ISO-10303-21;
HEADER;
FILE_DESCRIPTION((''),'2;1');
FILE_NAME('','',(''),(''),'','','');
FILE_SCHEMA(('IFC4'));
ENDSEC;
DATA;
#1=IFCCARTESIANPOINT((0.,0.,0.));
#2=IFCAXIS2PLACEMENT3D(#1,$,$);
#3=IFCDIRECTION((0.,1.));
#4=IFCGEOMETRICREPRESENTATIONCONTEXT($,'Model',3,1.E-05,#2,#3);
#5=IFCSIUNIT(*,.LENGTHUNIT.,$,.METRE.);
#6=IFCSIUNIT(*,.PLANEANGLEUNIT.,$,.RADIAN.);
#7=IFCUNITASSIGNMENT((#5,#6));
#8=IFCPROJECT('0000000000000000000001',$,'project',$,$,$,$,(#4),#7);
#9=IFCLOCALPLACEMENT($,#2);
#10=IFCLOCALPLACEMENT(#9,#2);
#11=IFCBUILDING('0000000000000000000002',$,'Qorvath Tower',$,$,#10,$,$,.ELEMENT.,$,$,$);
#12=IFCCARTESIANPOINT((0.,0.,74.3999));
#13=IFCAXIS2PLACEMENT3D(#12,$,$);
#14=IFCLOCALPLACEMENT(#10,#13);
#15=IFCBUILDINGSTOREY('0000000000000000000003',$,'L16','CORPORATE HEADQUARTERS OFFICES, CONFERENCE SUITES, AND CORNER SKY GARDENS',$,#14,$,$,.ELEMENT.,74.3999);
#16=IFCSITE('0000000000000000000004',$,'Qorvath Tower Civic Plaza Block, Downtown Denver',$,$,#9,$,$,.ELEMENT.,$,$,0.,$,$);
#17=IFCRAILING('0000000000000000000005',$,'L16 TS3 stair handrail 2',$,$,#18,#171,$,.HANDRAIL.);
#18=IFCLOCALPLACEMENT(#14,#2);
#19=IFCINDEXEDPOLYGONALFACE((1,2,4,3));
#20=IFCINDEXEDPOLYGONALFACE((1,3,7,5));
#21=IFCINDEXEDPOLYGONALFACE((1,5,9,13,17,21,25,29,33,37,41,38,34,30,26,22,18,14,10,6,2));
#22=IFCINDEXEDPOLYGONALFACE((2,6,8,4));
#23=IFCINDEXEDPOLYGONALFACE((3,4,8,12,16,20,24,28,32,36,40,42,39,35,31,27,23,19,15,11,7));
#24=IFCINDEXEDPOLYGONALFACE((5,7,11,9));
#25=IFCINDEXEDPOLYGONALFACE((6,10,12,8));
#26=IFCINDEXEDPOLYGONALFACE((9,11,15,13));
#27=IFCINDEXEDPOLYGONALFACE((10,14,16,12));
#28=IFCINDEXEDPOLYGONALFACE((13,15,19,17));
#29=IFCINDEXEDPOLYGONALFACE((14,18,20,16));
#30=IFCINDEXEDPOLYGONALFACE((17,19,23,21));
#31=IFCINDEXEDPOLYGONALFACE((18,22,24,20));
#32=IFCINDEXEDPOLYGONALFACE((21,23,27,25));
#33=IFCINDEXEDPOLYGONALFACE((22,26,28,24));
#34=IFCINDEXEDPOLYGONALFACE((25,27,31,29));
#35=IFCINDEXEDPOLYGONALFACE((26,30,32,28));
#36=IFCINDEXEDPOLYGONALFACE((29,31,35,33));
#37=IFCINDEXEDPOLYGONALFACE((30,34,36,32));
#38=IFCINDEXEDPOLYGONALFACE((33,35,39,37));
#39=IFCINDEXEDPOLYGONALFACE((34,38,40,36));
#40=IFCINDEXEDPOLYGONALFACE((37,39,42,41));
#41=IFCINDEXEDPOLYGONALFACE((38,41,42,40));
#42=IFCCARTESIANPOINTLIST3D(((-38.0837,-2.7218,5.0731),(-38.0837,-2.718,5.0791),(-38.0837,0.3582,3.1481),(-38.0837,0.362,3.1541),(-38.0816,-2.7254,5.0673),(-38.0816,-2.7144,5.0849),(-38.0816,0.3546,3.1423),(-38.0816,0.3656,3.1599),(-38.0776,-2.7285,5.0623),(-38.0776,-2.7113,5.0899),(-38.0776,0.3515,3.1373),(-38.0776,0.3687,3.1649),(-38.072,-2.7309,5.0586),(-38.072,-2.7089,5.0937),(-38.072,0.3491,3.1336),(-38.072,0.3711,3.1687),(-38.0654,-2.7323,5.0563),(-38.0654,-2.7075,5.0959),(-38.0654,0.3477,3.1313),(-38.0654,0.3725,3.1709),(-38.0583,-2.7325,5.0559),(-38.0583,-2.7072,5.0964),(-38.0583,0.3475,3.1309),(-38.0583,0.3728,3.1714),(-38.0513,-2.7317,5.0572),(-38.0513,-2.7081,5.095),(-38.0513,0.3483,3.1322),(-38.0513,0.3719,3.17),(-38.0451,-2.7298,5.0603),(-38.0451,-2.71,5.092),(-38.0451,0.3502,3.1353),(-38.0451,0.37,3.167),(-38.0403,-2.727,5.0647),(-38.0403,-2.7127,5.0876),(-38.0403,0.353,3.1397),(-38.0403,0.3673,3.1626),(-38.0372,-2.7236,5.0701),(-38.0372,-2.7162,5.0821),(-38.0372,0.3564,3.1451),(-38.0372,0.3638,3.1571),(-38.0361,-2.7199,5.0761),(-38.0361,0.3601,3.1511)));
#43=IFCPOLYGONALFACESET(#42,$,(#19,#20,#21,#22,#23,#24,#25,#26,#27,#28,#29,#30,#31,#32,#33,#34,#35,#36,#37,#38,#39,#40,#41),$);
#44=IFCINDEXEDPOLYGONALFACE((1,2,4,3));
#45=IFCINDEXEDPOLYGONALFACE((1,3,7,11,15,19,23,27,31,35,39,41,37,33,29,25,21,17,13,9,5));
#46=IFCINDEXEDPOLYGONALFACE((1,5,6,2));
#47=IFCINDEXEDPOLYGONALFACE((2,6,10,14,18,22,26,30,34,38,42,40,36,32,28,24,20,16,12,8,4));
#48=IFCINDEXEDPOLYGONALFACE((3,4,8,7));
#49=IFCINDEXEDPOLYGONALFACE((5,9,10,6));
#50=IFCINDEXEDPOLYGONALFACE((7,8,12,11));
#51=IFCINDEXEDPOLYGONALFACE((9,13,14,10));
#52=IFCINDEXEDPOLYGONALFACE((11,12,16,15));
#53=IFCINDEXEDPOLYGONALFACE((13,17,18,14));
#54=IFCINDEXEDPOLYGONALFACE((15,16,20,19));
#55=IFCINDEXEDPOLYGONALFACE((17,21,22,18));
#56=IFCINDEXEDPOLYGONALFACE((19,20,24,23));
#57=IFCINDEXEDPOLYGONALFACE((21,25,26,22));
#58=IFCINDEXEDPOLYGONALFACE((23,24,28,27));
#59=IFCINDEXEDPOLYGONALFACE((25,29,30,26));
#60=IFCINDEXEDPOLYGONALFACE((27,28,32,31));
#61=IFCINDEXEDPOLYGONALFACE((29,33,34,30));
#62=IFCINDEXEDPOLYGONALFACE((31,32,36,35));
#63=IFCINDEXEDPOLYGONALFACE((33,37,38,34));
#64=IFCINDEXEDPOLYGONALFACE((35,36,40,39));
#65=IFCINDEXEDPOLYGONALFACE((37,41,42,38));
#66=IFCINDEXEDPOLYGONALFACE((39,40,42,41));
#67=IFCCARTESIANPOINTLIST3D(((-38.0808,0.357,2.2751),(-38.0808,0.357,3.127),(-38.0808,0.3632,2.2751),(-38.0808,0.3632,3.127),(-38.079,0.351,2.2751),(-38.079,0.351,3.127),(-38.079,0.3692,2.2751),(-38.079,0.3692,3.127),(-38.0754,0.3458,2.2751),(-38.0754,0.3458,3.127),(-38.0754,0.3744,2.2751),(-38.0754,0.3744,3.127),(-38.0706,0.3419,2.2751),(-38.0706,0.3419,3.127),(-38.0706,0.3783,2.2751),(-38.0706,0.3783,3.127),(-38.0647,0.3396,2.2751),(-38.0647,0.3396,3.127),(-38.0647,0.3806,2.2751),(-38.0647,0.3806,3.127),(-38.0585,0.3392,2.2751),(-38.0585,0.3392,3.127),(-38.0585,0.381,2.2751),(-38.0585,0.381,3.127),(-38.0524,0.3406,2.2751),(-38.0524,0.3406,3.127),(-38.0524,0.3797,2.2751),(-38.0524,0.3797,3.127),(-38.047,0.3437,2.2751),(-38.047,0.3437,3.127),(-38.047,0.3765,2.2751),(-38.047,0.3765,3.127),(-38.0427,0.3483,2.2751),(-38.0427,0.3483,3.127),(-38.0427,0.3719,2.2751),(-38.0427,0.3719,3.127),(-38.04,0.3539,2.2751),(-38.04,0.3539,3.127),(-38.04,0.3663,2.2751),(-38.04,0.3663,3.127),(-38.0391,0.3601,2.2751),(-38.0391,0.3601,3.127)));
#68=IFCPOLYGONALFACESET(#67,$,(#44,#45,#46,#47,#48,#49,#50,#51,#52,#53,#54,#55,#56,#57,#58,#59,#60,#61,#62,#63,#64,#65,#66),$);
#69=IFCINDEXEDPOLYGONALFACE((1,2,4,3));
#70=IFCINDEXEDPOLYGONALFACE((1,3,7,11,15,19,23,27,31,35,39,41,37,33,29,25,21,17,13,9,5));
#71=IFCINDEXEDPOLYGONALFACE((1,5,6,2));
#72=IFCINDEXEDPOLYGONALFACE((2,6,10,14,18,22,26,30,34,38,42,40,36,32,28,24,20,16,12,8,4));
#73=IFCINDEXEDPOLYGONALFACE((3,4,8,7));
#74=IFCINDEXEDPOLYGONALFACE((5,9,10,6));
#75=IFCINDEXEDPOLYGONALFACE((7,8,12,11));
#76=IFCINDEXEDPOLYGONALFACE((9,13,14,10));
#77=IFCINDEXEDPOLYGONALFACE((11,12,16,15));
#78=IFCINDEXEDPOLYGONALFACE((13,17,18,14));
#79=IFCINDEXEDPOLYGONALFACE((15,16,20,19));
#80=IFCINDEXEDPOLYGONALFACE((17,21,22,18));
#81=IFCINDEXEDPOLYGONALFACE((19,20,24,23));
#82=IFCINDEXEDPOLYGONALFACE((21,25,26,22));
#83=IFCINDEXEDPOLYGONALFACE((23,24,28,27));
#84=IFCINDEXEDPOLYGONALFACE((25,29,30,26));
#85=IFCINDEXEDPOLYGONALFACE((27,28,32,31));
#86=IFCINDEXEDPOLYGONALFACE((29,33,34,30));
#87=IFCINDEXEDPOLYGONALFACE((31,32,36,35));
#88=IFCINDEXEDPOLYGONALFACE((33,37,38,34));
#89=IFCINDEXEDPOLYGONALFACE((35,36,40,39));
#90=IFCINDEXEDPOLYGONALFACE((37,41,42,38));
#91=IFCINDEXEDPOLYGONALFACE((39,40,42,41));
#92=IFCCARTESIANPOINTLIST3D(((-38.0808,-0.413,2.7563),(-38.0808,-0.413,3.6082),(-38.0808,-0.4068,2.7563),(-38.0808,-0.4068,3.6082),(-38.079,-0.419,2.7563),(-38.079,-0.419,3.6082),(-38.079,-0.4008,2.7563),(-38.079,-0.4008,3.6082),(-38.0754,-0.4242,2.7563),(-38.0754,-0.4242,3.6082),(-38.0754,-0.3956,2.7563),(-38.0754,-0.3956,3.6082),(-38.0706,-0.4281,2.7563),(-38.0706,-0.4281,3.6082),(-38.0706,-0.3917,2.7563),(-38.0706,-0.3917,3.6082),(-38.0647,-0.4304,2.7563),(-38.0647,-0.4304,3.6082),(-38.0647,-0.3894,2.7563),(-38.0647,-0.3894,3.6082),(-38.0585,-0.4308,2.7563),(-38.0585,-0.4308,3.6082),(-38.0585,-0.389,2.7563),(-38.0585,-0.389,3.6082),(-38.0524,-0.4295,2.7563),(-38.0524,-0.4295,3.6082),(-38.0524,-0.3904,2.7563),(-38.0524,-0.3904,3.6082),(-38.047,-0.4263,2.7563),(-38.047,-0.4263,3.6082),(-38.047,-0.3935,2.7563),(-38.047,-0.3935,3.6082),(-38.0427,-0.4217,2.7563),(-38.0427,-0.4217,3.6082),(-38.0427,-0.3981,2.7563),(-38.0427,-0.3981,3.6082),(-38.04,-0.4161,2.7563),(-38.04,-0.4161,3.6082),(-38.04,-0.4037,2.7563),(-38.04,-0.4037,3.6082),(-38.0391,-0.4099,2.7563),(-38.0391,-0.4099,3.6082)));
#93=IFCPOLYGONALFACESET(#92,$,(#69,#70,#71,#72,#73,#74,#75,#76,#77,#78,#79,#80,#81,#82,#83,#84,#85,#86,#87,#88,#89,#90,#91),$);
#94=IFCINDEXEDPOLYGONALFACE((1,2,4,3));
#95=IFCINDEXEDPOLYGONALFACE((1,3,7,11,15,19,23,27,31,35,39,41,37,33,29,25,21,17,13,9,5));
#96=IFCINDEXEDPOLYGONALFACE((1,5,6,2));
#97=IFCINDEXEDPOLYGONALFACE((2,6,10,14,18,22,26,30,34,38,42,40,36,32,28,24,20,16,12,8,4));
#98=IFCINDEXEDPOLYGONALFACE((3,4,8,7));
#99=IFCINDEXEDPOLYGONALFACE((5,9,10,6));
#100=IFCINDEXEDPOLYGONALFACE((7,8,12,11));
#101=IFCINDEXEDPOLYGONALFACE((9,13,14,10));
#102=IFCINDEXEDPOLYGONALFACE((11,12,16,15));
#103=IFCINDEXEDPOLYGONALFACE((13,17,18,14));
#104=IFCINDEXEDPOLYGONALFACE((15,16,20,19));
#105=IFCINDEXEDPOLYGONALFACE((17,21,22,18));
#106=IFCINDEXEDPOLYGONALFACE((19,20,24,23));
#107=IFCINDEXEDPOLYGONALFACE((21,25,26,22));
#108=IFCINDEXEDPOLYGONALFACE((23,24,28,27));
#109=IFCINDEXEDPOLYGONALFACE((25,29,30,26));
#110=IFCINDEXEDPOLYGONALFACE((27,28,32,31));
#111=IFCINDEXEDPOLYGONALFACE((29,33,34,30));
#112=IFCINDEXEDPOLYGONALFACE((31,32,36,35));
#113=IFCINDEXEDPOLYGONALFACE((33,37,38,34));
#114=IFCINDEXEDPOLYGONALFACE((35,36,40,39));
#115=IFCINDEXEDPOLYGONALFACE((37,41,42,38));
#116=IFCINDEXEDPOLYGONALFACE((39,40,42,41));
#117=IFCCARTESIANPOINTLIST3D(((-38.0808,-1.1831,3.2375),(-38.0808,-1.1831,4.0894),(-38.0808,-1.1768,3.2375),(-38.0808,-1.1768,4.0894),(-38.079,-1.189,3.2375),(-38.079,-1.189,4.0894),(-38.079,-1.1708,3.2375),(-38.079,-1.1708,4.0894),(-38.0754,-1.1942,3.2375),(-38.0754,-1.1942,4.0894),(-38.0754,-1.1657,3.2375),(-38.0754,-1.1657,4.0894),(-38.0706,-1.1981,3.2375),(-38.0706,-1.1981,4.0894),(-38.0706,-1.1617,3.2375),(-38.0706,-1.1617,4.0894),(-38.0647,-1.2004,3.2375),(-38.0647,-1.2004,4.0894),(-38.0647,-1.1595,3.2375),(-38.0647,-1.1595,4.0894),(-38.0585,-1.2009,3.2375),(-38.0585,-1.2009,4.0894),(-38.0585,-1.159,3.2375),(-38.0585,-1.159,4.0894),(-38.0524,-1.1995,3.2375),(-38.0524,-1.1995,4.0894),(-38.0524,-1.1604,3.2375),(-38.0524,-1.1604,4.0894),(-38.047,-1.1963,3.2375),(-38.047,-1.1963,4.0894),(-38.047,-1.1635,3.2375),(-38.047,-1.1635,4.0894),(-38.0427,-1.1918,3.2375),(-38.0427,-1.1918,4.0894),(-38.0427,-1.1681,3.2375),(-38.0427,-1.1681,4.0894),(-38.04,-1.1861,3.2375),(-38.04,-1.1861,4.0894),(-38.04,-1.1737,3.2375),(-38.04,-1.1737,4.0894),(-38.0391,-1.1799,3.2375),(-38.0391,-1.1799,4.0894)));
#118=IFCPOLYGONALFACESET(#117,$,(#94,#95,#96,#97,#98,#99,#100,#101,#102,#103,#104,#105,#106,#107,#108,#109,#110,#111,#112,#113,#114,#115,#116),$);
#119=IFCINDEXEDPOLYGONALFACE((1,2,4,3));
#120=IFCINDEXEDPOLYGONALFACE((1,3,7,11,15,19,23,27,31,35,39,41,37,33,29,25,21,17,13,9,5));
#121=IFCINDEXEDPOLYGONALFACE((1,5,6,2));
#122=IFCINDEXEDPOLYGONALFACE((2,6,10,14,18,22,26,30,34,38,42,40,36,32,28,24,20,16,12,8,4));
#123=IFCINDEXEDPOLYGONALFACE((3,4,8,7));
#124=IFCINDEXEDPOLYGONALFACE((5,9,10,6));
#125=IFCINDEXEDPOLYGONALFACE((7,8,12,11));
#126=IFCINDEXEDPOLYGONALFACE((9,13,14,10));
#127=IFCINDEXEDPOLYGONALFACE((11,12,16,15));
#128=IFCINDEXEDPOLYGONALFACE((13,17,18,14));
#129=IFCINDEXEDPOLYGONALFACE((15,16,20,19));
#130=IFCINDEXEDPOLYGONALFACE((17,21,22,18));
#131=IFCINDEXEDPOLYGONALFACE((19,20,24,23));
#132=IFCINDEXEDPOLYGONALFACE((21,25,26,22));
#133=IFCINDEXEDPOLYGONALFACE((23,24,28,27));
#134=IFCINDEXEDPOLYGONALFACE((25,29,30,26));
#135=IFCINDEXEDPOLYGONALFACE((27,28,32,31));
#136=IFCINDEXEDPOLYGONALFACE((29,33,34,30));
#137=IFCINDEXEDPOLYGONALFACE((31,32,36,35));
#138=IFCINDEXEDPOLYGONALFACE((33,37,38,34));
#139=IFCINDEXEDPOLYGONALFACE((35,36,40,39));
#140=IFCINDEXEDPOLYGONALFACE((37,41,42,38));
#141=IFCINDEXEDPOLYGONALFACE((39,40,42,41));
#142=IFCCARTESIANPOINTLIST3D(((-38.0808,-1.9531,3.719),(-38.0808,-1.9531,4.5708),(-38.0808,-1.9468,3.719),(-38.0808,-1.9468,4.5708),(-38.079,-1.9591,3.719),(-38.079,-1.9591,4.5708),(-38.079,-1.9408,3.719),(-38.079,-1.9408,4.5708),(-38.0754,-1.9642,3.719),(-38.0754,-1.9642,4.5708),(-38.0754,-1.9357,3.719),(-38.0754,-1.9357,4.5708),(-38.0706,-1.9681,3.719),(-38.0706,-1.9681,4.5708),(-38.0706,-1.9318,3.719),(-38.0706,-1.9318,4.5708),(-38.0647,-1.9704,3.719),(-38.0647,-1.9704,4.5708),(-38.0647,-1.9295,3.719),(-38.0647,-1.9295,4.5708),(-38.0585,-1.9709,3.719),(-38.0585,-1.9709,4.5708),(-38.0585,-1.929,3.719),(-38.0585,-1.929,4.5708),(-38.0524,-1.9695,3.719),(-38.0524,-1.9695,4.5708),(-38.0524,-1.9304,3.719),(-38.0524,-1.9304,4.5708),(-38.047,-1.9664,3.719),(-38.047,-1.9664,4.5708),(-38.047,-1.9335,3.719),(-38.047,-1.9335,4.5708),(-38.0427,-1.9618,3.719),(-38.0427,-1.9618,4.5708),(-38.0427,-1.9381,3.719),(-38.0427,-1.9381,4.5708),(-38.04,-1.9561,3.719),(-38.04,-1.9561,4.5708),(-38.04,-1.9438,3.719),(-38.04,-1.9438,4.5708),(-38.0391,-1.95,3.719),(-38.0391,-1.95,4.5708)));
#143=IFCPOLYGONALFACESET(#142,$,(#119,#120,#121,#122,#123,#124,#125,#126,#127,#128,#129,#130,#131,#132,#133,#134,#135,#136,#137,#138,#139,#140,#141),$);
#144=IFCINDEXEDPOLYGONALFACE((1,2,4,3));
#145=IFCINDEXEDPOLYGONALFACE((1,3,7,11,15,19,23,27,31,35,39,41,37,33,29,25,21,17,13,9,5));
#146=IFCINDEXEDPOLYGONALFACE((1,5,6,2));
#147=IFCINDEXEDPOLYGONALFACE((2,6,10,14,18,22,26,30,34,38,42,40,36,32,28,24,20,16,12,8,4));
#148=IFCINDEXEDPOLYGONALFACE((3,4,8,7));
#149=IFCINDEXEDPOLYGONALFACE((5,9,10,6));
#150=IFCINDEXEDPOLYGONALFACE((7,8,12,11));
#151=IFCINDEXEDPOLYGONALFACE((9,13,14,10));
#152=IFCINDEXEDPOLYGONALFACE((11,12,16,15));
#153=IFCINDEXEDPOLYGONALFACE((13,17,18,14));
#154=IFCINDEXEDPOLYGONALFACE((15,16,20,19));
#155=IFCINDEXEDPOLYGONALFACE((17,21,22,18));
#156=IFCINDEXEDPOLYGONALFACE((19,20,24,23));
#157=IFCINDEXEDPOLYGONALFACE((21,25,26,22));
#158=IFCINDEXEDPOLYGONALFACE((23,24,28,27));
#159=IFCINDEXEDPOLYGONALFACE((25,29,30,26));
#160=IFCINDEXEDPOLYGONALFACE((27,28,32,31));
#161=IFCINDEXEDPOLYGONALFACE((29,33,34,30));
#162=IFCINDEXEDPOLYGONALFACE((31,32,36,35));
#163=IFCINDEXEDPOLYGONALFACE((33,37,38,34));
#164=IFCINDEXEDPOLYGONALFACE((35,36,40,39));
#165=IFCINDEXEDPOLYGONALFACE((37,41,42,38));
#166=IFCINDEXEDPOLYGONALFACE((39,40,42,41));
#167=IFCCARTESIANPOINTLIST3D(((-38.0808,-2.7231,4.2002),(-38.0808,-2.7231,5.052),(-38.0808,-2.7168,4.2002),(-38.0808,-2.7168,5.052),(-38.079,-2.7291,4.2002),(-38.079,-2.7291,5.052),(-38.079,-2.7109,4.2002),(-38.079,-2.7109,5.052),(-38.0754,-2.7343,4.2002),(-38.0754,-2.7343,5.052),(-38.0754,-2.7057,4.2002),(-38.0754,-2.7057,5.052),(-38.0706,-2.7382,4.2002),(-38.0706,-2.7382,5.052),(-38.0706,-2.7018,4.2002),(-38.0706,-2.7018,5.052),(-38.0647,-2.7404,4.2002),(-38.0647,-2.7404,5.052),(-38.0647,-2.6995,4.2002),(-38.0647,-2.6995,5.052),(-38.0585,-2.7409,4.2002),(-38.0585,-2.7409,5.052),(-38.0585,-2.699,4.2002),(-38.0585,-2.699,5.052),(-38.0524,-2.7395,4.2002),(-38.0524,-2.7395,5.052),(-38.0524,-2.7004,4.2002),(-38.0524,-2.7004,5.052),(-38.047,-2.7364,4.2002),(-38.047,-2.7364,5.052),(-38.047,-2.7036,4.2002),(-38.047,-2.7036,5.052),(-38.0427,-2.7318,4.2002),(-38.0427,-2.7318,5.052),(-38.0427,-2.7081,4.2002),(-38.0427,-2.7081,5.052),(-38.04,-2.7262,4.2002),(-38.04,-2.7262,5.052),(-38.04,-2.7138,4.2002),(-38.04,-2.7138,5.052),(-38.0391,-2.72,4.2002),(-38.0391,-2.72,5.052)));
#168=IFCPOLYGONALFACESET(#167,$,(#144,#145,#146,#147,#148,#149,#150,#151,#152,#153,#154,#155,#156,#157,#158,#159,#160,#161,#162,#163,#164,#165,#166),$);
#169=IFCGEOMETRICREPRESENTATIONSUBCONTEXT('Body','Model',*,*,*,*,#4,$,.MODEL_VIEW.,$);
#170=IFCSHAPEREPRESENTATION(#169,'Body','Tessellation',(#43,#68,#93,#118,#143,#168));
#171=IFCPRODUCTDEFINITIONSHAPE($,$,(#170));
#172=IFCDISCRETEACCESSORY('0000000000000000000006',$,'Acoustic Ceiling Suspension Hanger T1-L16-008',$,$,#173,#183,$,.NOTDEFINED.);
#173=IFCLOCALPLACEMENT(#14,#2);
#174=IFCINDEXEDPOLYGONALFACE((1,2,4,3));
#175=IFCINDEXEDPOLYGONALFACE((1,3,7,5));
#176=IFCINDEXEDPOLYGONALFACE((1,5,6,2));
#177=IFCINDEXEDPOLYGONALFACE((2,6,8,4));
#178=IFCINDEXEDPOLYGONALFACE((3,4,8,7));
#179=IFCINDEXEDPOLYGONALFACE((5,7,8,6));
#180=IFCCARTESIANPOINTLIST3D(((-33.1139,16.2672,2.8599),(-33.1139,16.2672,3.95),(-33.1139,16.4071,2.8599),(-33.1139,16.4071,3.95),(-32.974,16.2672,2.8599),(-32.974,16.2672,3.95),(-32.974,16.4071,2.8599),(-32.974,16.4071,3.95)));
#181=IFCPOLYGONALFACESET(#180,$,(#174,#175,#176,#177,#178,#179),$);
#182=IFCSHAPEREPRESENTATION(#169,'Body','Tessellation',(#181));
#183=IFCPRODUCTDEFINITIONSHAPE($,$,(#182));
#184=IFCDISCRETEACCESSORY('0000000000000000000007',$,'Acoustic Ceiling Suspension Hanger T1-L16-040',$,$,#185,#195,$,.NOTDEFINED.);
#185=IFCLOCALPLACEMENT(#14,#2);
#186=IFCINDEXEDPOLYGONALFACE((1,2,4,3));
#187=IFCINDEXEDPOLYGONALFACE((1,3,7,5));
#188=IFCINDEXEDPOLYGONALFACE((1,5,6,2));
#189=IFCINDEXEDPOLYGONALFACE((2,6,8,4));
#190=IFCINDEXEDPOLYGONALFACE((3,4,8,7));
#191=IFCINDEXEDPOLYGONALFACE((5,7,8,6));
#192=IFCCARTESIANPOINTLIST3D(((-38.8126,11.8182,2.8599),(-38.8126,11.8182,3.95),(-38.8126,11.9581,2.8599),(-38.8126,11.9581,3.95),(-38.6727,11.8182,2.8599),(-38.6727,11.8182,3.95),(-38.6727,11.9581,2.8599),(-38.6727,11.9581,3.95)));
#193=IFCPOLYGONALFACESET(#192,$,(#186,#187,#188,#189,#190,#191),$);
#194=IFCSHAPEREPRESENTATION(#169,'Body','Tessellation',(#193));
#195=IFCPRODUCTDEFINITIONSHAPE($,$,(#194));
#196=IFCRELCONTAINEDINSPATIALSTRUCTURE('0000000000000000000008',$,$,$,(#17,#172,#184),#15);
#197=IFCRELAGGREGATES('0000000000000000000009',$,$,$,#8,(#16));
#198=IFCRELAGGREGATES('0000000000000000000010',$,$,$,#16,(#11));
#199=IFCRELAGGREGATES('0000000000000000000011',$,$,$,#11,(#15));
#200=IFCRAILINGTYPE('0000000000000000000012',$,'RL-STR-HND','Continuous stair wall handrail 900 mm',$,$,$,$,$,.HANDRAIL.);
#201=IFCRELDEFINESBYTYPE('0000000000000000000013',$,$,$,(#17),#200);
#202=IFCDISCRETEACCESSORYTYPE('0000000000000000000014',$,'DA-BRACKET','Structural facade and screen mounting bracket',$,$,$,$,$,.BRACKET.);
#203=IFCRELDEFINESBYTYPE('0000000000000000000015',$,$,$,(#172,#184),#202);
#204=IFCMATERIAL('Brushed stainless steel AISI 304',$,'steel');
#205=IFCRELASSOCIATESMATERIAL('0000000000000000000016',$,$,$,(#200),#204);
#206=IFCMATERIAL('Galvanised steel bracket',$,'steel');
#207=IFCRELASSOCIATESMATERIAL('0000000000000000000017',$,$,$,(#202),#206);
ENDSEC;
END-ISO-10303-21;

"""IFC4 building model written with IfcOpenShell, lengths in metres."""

from ifc_helpers import new_model, si_unit, direction, frame, origin, origin_2d, place, context, subcontext, project, spatial, rectangle, circle, extrude, material, type_object, element, save


model = new_model("IFC4")

# Units and contexts
model_context = context("Model", 3, precision=1e-05, world=origin(), true_north=direction((0.0, 1.0)))
body_context = subcontext(model_context, "Body", "Model", "MODEL_VIEW")
ifc_project = project(units=[si_unit("LENGTHUNIT", "METRE"), si_unit("PLANEANGLEUNIT", "RADIAN")], contexts=[model_context])

# Site, building, storey
site_placement = place(None, origin())
site = spatial("IfcSite", under=ifc_project, at=site_placement, Name="Qorvath Tower Civic Plaza Block, Downtown Denver", CompositionType="ELEMENT", RefElevation=0.0)
building_placement = place(site_placement, origin())
building = spatial("IfcBuilding", under=site, at=building_placement, Name="Qorvath Tower", CompositionType="ELEMENT")
storey_placement = place(building_placement, frame((0.0, 0.0, 74.3999)))
storey = spatial("IfcBuildingStorey", under=building, at=storey_placement, Name="L16", Description="CORPORATE HEADQUARTERS OFFICES, CONFERENCE SUITES, AND CORNER SKY GARDENS", CompositionType="ELEMENT", Elevation=74.3999)

# Railing
ifc_material_1 = material(Name="Brushed stainless steel AISI 304", Category="steel")
railing_type_1 = type_object("IfcRailingType", Name="RL-STR-HND", Description="Continuous stair wall handrail 900 mm", PredefinedType="HANDRAIL", material=ifc_material_1)
railing_1_placement = place(storey_placement, frame((-38.0601, 0.3601, 2.2751)))
element("IfcRailing", 1, at=railing_1_placement, inside=storey, type_object=railing_type_1, Name="L16 TS3 stair handrail 2", PredefinedType="HANDRAIL", context=body_context, shape_type="SweptSolid", body=[
    extrude(circle(Radius=0.0239, at=origin_2d()), frame((0.0, 0.0, 0.876), z_axis=(0.0, -0.847998, 0.529999), x_axis=(1.0, 0.0, 0.0)), (0.0, 0.0, 1.0), 3.6321),
    extrude(circle(Radius=0.021, at=origin_2d()), origin(), (0.0, 0.0, 1.0), 0.8518),
    extrude(circle(Radius=0.021, at=origin_2d()), frame((0.0, -0.77, 0.4812)), (0.0, 0.0, 1.0), 0.8518),
    extrude(circle(Radius=0.021, at=origin_2d()), frame((0.0, -1.54, 0.9624)), (0.0, 0.0, 1.0), 0.8518),
    extrude(circle(Radius=0.021, at=origin_2d()), frame((0.0, -2.3101, 1.4438)), (0.0, 0.0, 1.0), 0.8518),
    extrude(circle(Radius=0.021, at=origin_2d()), frame((0.0, -3.0801, 1.925)), (0.0, 0.0, 1.0), 0.8518),
])

# Discrete accessories
ifc_material_2 = material(Name="Galvanised steel bracket", Category="steel")
discrete_accessory_type = type_object("IfcDiscreteAccessoryType", Name="DA-BRACKET", Description="Structural facade and screen mounting bracket", PredefinedType="BRACKET", material=ifc_material_2)
for number, where, z_axis, x_axis, name in (
    (2, (-33.0439, 16.3372, 2.8599), (0.0, 0.0, 1.0), (1.0, 0.0, 0.0), "Acoustic Ceiling Suspension Hanger T1-L16-008"),
    (3, (-38.7427, 11.8882, 2.8599), (0.0, 0.0, 1.0), (1.0, 0.0, 0.0), "Acoustic Ceiling Suspension Hanger T1-L16-040"),
):
    element("IfcDiscreteAccessory", number, at=place(storey_placement, frame(where, z_axis=z_axis, x_axis=x_axis)), inside=storey, type_object=discrete_accessory_type, Name=name, PredefinedType="NOTDEFINED", context=body_context, shape_type="SweptSolid", body=[
        extrude(rectangle(XDim=0.1399, YDim=0.1399, at=origin_2d()), origin(), (0.0, 0.0, 1.0), 1.0901),
    ])

save(model, "model.ifc")
